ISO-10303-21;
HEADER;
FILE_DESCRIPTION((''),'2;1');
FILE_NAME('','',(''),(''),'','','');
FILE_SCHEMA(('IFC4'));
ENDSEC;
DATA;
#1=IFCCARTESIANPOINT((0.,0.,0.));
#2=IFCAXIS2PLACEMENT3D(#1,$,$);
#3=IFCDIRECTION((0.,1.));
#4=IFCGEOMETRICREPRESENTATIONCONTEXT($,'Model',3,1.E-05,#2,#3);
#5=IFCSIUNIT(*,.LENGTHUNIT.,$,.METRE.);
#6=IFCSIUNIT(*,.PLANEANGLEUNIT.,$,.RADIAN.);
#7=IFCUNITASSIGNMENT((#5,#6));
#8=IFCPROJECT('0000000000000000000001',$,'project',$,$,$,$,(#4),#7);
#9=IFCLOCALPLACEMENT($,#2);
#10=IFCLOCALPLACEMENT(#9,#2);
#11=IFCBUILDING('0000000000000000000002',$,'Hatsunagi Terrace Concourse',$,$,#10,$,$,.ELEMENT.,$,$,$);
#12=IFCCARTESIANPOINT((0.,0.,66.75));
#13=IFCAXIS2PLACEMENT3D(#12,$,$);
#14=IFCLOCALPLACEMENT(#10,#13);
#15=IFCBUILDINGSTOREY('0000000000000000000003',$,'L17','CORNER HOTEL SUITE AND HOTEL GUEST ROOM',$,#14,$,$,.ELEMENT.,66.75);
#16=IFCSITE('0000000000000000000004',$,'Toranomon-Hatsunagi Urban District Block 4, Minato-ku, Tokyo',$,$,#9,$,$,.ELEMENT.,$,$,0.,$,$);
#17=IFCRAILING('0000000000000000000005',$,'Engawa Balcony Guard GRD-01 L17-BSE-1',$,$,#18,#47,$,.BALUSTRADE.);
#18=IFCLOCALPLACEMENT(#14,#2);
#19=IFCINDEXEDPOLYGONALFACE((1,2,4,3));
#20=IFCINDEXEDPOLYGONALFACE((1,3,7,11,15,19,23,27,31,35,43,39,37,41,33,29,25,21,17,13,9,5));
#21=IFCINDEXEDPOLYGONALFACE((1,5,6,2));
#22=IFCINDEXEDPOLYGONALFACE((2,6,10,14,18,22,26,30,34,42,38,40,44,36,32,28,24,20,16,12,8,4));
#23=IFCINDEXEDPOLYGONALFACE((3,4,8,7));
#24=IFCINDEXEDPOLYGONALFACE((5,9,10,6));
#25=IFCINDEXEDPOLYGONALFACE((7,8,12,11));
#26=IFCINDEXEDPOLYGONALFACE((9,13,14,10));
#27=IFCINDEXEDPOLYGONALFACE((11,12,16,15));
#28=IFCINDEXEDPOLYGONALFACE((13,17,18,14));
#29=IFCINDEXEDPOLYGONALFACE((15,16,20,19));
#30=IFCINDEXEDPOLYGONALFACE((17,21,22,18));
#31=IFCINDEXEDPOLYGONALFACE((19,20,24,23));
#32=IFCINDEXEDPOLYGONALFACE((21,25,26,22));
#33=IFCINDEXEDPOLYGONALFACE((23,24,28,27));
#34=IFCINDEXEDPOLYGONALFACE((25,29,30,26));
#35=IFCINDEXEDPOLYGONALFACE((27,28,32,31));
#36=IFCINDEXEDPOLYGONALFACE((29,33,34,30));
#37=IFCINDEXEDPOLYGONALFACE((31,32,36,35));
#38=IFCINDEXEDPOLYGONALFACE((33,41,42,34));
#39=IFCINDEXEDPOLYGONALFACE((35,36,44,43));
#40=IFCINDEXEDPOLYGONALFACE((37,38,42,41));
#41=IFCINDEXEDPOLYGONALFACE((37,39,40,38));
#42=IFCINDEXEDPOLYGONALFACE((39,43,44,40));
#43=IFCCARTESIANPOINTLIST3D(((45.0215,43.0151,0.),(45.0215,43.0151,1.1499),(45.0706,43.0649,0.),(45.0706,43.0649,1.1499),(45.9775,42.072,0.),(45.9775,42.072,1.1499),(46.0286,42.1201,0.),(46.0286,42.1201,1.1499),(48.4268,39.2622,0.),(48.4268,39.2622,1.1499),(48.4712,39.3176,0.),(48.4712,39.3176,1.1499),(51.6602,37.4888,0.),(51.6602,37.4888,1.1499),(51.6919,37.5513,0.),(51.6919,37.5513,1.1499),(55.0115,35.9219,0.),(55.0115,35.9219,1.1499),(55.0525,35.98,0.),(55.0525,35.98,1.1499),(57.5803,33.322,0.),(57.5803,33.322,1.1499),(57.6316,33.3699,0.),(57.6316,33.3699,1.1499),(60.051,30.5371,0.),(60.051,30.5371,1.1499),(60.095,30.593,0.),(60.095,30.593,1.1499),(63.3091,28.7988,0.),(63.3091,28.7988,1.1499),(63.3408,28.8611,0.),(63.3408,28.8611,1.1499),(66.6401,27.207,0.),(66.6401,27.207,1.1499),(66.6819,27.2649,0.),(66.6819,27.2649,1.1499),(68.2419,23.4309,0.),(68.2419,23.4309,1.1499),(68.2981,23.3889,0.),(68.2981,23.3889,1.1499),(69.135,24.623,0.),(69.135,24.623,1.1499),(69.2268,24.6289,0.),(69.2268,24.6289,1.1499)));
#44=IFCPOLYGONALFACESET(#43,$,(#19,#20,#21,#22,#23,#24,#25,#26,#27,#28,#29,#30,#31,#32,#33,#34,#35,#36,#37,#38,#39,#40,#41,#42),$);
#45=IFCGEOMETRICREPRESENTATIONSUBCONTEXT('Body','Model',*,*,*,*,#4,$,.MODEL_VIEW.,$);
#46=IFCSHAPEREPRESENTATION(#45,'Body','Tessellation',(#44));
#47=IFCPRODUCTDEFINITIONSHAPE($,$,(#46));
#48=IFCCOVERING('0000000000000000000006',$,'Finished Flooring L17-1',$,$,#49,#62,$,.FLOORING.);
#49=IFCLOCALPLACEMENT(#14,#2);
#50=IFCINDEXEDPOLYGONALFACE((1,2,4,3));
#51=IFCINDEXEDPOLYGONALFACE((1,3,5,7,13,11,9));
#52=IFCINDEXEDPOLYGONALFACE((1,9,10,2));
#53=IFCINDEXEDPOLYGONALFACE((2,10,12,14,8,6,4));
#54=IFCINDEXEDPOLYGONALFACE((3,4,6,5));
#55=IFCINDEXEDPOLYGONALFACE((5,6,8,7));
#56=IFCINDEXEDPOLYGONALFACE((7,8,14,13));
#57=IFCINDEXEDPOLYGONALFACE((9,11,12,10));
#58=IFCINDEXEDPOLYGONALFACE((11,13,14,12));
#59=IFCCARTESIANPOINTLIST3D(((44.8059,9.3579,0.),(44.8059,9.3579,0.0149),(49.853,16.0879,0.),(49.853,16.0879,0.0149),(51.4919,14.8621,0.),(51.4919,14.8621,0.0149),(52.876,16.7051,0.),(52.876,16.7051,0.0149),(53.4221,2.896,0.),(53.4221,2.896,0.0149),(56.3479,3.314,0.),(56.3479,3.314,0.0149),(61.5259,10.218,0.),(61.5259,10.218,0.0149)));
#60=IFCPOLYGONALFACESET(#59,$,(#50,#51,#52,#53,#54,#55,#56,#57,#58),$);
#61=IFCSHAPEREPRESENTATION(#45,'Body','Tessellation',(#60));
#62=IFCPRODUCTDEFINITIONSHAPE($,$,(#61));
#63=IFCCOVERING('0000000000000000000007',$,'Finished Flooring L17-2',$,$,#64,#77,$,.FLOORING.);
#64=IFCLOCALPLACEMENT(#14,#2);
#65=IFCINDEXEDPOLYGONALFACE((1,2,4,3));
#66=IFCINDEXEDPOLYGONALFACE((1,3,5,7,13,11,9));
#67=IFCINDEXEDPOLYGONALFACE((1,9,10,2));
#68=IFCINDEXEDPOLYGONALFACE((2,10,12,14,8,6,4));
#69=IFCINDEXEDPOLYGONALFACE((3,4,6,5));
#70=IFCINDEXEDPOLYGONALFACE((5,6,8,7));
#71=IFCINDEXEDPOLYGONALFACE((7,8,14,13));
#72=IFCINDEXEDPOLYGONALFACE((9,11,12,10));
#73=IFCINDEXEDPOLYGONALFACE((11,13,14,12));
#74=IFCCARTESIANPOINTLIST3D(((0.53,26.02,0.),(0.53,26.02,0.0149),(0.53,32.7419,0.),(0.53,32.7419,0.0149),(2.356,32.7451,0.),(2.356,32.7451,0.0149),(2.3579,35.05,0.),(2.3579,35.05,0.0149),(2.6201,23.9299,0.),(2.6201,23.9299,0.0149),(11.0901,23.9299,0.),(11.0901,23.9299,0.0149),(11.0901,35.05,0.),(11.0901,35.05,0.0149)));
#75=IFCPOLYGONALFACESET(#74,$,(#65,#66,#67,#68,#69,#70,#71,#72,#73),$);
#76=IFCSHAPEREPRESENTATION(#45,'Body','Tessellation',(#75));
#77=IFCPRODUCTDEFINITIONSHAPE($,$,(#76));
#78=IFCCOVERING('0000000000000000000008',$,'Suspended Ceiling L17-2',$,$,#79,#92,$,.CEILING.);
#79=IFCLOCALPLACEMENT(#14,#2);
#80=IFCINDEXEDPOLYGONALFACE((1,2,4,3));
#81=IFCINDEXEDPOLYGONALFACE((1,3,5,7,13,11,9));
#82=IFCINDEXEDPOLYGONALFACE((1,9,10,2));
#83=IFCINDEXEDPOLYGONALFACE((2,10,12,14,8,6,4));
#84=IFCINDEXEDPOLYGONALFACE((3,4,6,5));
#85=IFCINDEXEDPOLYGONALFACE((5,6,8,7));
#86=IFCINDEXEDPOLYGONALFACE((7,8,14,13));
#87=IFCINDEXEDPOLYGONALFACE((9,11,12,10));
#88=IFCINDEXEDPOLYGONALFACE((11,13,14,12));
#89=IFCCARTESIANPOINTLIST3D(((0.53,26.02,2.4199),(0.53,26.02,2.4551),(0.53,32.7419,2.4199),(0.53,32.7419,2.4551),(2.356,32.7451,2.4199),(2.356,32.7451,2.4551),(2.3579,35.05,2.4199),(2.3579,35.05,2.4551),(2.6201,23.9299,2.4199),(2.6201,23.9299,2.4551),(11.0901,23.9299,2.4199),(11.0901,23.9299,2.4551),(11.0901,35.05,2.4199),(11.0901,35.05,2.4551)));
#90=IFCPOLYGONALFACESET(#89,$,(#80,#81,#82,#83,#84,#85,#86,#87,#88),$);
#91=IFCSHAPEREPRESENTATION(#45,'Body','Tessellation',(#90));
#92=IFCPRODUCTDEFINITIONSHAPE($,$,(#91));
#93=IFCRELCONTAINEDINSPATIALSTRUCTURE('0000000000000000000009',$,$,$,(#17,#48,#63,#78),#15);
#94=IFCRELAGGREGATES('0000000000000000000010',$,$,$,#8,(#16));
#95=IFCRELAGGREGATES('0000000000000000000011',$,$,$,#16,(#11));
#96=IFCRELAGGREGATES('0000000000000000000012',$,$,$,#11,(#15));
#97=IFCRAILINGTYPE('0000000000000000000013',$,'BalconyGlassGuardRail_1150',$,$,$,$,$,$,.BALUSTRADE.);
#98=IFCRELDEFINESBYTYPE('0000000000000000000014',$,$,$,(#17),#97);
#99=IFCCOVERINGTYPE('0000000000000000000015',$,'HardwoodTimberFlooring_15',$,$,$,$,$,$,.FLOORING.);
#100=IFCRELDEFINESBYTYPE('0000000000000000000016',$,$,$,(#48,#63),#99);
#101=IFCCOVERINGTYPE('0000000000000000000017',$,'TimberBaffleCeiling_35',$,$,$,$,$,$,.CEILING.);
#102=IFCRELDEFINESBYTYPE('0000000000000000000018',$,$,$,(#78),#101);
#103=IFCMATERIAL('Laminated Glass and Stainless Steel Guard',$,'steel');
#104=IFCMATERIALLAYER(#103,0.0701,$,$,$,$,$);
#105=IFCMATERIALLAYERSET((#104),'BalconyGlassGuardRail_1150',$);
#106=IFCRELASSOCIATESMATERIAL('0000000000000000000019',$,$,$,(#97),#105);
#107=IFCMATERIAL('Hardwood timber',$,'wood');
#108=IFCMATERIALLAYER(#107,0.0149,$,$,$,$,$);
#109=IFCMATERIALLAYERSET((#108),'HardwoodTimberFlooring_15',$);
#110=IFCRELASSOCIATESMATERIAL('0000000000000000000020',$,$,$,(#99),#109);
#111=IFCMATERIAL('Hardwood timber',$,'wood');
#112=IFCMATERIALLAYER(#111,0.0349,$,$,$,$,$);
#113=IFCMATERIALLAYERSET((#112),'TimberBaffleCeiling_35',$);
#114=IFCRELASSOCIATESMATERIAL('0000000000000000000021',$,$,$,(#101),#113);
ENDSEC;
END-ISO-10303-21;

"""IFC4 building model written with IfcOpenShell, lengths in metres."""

from ifc_helpers import new_model, si_unit, direction, frame, origin, place, context, subcontext, project, spatial, polyline, outline, extrude, material, layer, layer_set, type_object, element, save


model = new_model("IFC4")

# Units and contexts
model_context = context("Model", 3, precision=1e-05, world=origin(), true_north=direction((0.0, 1.0)))
body_context = subcontext(model_context, "Body", "Model", "MODEL_VIEW")
ifc_project = project(units=[si_unit("LENGTHUNIT", "METRE"), si_unit("PLANEANGLEUNIT", "RADIAN")], contexts=[model_context])

# Site, building, storey
site_placement = place(None, origin())
site = spatial("IfcSite", under=ifc_project, at=site_placement, Name="Toranomon-Hatsunagi Urban District Block 4, Minato-ku, Tokyo", CompositionType="ELEMENT", RefElevation=0.0)
building_placement = place(site_placement, origin())
building = spatial("IfcBuilding", under=site, at=building_placement, Name="Hatsunagi Terrace Concourse", CompositionType="ELEMENT")
storey_placement = place(building_placement, frame((0.0, 0.0, 66.75)))
storey = spatial("IfcBuildingStorey", under=building, at=storey_placement, Name="L17", Description="CORNER HOTEL SUITE AND HOTEL GUEST ROOM", CompositionType="ELEMENT", Elevation=66.75)

# Railing
ifc_material_1 = material(Name="Laminated Glass and Stainless Steel Guard", Category="steel")
ifc_layer_1 = layer(ifc_material_1, 0.0701)
ifc_layer_set_1 = layer_set([ifc_layer_1], Name="BalconyGlassGuardRail_1150")
railing_type = type_object("IfcRailingType", Name="BalconyGlassGuardRail_1150", PredefinedType="BALUSTRADE", material=ifc_layer_set_1)
railing_1_placement = place(storey_placement, origin())
element("IfcRailing", 1, at=railing_1_placement, inside=storey, type_object=railing_type, Name="Engawa Balcony Guard GRD-01 L17-BSE-1", PredefinedType="BALUSTRADE", context=body_context, shape_type="SweptSolid", body=[
    extrude(outline(polyline([(45.0706, 43.0649), (45.0215, 43.0151), (45.9775, 42.072), (48.4268, 39.2622), (51.6602, 37.4888), (55.0115, 35.9219), (57.5803, 33.322), (60.051, 30.5371), (63.3091, 28.7988), (66.6401, 27.207), (69.135, 24.623), (68.2419, 23.4309), (68.2981, 23.3889), (69.2268, 24.6289), (66.6819, 27.2649), (63.3408, 28.8611), (60.095, 30.593), (57.6316, 33.3699), (55.0525, 35.98), (51.6919, 37.5513), (48.4712, 39.3176), (46.0286, 42.1201), (45.0706, 43.0649)])), origin(), (0.0, 0.0, 1.0), 1.1499),
])

# Coverings
ifc_material_2 = material(Name="Hardwood timber", Category="wood")
ifc_layer_2 = layer(ifc_material_2, 0.0149)
ifc_layer_set_2 = layer_set([ifc_layer_2], Name="HardwoodTimberFlooring_15")
covering_type_1 = type_object("IfcCoveringType", Name="HardwoodTimberFlooring_15", PredefinedType="FLOORING", material=ifc_layer_set_2)
covering_1_placement = place(storey_placement, origin())
element("IfcCovering", 2, at=covering_1_placement, inside=storey, type_object=covering_type_1, Name="Finished Flooring L17-1", PredefinedType="FLOORING", context=body_context, shape_type="SweptSolid", body=[
    extrude(outline(polyline([(56.3479, 3.314), (61.5259, 10.218), (52.876, 16.7051), (51.4919, 14.8621), (49.853, 16.0879), (44.8059, 9.3579), (53.4221, 2.896), (56.3479, 3.314)])), origin(), (0.0, 0.0, 1.0), 0.0149),
])
covering_2_placement = place(storey_placement, origin())
element("IfcCovering", 3, at=covering_2_placement, inside=storey, type_object=covering_type_1, Name="Finished Flooring L17-2", PredefinedType="FLOORING", context=body_context, shape_type="SweptSolid", body=[
    extrude(outline(polyline([(2.6201, 23.9299), (11.0901, 23.9299), (11.0901, 35.05), (2.3579, 35.05), (2.356, 32.7451), (0.53, 32.7419), (0.53, 26.02), (2.6201, 23.9299)])), origin(), (0.0, 0.0, 1.0), 0.0149),
])
ifc_material_3 = material(Name="Hardwood timber", Category="wood")
ifc_layer_3 = layer(ifc_material_3, 0.0349)
ifc_layer_set_3 = layer_set([ifc_layer_3], Name="TimberBaffleCeiling_35")
covering_type_2 = type_object("IfcCoveringType", Name="TimberBaffleCeiling_35", PredefinedType="CEILING", material=ifc_layer_set_3)
covering_3_placement = place(storey_placement, frame((0.0, 0.0, 2.4199)))
element("IfcCovering", 4, at=covering_3_placement, inside=storey, type_object=covering_type_2, Name="Suspended Ceiling L17-2", PredefinedType="CEILING", context=body_context, shape_type="SweptSolid", body=[
    extrude(outline(polyline([(2.6201, 23.9299), (11.0901, 23.9299), (11.0901, 35.05), (2.3579, 35.05), (2.356, 32.7451), (0.53, 32.7419), (0.53, 26.02), (2.6201, 23.9299)])), origin(), (0.0, 0.0, 1.0), 0.0352),
])

save(model, "model.ifc")
